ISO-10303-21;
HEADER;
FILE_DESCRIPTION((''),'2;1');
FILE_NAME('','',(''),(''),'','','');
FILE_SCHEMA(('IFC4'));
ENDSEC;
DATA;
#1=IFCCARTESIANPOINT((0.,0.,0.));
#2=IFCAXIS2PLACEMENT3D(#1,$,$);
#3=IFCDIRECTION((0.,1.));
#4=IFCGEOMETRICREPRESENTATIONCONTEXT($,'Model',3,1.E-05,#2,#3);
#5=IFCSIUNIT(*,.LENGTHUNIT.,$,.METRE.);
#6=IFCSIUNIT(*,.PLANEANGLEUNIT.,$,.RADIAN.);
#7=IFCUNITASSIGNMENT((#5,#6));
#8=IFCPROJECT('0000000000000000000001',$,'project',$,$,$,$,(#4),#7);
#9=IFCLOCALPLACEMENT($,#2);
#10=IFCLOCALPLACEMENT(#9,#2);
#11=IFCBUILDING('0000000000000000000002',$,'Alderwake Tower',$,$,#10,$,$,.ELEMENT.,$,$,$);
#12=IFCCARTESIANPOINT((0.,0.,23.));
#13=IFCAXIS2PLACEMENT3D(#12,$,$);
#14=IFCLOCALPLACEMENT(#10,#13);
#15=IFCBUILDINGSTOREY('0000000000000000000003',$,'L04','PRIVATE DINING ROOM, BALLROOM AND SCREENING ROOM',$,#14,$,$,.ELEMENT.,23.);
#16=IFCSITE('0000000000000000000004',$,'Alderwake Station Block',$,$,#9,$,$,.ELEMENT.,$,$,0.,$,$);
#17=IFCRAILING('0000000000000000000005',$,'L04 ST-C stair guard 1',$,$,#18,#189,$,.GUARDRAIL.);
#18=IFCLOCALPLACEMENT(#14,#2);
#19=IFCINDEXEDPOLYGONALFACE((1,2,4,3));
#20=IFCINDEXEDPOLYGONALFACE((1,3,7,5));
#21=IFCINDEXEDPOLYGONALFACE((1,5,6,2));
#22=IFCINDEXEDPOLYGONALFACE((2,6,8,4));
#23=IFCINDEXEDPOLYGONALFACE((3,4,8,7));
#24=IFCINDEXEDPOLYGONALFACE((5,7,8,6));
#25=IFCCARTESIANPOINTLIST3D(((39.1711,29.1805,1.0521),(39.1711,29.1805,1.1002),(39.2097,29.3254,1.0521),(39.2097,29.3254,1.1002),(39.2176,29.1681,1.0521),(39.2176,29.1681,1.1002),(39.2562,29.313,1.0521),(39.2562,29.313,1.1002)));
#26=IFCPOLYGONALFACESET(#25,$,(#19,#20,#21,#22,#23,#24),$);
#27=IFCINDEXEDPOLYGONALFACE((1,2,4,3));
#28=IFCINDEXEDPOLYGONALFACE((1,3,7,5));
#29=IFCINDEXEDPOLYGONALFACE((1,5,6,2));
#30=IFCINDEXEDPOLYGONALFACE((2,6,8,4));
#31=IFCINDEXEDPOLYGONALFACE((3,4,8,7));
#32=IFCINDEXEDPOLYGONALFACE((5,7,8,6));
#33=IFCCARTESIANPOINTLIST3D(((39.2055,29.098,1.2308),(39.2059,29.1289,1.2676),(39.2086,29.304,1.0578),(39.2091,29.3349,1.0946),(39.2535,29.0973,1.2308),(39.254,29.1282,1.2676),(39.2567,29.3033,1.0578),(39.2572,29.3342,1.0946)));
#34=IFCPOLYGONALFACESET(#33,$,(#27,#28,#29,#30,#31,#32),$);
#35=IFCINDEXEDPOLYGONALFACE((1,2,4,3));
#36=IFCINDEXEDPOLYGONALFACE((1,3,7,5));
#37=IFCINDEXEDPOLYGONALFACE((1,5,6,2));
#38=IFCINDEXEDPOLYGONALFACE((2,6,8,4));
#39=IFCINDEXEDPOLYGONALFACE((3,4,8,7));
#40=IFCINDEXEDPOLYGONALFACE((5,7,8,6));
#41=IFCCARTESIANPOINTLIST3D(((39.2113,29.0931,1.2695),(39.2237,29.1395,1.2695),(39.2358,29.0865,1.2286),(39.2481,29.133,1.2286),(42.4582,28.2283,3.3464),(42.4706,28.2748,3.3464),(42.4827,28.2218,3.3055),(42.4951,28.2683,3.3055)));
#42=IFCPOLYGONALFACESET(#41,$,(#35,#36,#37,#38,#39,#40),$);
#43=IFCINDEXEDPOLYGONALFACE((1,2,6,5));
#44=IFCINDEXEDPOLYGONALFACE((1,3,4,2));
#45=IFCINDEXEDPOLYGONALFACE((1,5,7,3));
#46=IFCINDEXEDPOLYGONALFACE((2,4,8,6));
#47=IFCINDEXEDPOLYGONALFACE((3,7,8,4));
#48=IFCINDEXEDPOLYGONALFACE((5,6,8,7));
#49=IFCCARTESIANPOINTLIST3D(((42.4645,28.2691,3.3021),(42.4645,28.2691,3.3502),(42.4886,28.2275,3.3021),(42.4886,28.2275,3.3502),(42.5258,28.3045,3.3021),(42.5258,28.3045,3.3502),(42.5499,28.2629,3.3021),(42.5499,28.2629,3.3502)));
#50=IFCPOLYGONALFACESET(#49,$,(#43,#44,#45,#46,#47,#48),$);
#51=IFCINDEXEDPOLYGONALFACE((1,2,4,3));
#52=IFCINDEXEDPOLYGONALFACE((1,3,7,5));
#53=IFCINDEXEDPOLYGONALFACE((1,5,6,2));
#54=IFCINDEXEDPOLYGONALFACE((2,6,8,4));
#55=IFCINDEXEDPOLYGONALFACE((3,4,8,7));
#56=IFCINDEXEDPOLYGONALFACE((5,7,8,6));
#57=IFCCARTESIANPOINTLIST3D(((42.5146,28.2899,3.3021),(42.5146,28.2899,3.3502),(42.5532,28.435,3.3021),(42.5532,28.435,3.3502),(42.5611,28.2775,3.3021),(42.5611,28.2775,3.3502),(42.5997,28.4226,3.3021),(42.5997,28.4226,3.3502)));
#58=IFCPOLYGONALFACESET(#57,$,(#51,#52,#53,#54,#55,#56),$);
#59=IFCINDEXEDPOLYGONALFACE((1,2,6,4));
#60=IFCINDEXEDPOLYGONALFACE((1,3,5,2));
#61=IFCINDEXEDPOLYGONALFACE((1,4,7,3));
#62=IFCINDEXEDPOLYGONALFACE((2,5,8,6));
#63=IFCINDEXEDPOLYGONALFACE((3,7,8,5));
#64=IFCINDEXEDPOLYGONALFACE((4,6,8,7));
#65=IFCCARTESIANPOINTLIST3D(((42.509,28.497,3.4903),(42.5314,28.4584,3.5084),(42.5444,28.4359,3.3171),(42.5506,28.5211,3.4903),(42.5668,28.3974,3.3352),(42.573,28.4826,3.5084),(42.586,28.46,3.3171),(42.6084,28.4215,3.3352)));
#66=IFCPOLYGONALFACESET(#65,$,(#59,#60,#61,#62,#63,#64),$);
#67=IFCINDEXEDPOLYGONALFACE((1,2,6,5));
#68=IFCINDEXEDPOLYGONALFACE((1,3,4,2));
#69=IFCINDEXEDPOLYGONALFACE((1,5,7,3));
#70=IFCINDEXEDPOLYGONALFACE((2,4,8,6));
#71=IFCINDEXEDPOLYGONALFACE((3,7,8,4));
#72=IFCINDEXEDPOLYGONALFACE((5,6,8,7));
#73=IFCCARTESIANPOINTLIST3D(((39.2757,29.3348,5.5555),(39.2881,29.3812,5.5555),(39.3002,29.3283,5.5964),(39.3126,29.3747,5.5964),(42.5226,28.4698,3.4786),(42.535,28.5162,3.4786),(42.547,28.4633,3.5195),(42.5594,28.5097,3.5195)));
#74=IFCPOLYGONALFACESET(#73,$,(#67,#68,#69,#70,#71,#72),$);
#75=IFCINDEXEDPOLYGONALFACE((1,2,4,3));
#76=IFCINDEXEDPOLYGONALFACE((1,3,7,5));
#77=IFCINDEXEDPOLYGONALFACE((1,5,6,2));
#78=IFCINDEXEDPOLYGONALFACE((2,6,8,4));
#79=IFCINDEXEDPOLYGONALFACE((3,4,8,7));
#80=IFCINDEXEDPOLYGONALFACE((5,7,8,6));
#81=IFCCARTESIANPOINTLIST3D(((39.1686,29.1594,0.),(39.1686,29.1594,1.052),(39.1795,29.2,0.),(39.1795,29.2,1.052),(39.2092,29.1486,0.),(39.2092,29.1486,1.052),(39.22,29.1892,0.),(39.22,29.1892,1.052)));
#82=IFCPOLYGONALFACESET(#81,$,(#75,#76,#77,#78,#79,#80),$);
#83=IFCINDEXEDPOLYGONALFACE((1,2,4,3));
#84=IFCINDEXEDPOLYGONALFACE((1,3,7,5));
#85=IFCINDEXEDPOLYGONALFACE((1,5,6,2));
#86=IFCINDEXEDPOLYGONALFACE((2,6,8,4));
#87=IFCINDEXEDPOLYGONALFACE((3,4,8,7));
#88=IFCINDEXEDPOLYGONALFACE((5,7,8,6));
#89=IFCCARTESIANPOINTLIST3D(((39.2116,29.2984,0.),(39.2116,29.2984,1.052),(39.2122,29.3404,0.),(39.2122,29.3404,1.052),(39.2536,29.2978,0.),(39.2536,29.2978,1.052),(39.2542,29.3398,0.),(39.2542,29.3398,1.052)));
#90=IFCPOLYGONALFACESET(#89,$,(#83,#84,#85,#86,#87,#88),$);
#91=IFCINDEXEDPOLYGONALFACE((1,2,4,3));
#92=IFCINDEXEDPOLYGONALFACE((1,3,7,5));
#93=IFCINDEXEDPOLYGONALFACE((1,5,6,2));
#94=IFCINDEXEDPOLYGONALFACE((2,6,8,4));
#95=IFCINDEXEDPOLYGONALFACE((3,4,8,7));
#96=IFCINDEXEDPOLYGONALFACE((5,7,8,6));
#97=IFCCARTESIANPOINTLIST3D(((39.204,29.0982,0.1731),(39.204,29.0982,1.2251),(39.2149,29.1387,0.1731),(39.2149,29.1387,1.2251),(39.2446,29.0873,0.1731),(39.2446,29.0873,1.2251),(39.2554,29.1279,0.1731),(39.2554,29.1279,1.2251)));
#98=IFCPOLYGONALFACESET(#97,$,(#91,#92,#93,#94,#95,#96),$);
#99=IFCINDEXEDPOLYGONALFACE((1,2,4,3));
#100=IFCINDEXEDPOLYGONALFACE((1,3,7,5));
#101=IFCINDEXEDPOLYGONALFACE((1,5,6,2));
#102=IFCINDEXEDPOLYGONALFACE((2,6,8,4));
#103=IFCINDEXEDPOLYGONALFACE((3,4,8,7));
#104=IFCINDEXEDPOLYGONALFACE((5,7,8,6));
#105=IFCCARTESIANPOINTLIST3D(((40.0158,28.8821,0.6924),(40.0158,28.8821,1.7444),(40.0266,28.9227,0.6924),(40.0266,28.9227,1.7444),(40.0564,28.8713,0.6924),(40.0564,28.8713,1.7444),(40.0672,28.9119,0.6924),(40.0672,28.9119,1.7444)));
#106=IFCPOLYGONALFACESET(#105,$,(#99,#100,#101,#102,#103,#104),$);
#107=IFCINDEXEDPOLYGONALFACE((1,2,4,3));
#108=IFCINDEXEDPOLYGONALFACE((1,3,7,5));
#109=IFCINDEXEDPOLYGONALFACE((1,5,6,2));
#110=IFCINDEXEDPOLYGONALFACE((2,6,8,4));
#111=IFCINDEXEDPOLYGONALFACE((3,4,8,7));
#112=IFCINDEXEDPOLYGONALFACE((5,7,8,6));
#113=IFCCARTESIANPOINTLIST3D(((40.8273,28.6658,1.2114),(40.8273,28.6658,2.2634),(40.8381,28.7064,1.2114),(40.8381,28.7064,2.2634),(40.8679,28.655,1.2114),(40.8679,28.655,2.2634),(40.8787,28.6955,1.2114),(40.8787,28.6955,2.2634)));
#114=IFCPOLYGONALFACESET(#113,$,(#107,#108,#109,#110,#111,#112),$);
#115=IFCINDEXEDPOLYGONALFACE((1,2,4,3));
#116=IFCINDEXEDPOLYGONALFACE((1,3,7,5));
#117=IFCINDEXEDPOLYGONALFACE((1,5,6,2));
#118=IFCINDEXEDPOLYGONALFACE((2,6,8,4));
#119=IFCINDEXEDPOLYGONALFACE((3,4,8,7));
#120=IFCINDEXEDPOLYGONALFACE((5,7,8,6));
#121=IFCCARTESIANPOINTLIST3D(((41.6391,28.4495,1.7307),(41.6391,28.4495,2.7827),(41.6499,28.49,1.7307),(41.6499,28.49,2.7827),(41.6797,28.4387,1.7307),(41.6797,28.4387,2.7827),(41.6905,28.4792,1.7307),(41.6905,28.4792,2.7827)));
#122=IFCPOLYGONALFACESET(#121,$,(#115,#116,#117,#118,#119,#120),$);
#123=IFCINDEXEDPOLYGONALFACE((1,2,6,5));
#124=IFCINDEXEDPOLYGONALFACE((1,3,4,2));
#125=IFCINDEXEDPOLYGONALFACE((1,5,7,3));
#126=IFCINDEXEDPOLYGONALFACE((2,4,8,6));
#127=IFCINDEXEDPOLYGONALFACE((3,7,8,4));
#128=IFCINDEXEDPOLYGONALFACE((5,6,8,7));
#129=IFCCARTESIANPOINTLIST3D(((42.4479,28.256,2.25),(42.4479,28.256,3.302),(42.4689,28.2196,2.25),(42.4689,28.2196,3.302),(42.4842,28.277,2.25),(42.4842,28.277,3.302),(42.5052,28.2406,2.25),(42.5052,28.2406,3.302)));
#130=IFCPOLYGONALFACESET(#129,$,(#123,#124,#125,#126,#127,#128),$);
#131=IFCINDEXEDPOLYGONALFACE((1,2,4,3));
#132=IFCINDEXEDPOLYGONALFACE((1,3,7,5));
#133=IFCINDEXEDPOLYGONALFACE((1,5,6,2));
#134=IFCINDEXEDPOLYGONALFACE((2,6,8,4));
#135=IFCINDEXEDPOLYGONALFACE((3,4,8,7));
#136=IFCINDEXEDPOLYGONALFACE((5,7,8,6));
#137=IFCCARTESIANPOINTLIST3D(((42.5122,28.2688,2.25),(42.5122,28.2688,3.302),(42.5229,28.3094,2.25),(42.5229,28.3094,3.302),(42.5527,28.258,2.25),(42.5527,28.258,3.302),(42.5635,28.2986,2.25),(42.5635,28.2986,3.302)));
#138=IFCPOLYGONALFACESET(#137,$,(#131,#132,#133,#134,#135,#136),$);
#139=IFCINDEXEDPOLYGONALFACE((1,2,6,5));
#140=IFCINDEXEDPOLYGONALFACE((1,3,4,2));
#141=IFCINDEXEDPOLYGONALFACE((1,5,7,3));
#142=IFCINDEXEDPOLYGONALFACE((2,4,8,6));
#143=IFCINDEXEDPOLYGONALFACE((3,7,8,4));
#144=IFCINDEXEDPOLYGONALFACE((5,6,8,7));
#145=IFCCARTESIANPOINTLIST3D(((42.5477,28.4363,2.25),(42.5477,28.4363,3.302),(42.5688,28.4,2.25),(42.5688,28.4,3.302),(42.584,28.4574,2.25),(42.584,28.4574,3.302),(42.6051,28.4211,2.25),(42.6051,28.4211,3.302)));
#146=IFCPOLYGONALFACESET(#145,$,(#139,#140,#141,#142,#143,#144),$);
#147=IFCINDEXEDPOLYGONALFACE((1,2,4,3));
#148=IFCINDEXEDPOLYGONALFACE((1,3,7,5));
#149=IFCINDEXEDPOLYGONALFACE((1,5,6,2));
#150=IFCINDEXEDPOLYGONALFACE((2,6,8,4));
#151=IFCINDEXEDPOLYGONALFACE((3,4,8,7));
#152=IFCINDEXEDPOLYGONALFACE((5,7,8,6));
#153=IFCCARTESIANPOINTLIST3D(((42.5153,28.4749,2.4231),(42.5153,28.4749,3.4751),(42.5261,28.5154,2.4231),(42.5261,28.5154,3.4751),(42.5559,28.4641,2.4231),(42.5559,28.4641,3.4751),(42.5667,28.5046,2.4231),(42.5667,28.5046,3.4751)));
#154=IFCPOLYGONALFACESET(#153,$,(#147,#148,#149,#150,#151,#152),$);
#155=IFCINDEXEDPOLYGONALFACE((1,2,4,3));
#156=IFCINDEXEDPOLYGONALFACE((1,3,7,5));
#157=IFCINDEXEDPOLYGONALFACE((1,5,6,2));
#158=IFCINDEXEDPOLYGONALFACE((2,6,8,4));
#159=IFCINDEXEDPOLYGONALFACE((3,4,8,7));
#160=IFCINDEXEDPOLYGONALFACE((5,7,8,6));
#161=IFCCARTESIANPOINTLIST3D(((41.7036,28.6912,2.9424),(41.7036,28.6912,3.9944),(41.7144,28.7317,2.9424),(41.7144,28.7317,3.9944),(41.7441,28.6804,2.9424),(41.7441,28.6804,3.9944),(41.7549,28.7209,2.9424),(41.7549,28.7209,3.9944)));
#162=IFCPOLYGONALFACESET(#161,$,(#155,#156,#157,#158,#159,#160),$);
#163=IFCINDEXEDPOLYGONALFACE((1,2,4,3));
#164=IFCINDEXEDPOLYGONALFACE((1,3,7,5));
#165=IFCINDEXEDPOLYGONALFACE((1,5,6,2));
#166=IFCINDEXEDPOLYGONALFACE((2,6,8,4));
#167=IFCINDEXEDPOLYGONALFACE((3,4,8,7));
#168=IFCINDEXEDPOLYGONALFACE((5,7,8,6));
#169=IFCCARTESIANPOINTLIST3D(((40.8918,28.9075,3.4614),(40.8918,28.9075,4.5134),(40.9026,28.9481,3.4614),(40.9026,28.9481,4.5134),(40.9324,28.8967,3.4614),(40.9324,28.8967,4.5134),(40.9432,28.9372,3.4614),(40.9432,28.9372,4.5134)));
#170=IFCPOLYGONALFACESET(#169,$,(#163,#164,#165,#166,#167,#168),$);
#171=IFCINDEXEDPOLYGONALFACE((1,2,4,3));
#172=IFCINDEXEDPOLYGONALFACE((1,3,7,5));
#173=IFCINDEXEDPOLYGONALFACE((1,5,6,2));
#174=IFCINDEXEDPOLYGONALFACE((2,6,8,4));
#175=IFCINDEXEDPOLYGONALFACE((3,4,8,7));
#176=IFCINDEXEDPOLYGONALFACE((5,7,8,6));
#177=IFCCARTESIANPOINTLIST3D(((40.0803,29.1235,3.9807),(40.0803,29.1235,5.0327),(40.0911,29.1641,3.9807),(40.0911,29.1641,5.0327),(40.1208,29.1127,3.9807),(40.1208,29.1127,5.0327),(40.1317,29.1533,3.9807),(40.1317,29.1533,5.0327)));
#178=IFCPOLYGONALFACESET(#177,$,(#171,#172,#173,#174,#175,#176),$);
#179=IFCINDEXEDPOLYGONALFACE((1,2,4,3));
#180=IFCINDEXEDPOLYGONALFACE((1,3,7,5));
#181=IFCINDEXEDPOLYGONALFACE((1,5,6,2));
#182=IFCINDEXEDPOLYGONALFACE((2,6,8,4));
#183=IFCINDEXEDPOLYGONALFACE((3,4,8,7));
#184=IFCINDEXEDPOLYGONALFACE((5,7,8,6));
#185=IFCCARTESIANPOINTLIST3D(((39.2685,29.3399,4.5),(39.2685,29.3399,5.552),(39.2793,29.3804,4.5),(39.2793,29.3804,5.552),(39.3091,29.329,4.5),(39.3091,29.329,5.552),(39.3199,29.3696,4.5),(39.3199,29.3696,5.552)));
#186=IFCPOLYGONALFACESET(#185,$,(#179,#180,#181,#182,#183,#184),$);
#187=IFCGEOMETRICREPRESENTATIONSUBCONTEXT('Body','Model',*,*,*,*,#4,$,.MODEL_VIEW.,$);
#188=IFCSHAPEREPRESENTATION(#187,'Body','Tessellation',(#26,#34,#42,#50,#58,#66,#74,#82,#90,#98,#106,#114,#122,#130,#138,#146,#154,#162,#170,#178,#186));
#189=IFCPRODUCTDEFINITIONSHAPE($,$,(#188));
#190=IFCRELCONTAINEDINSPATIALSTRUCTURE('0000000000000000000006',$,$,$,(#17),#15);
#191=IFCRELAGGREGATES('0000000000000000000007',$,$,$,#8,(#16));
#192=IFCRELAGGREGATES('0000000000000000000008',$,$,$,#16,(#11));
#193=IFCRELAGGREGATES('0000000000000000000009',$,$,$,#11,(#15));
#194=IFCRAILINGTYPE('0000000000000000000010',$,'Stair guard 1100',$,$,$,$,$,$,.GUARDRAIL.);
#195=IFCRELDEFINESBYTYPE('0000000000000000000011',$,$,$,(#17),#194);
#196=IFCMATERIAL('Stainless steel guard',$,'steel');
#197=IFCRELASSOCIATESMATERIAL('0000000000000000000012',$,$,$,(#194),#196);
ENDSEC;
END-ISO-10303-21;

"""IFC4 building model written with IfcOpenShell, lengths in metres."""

from ifc_helpers import new_model, si_unit, direction, frame, origin, origin_2d, place, context, subcontext, project, spatial, rectangle, extrude, material, type_object, element, save


model = new_model("IFC4")

# Units and contexts
model_context = context("Model", 3, precision=1e-05, world=origin(), true_north=direction((0.0, 1.0)))
body_context = subcontext(model_context, "Body", "Model", "MODEL_VIEW")
ifc_project = project(units=[si_unit("LENGTHUNIT", "METRE"), si_unit("PLANEANGLEUNIT", "RADIAN")], contexts=[model_context])

# Site, building, storey
site_placement = place(None, origin())
site = spatial("IfcSite", under=ifc_project, at=site_placement, Name="Alderwake Station Block", CompositionType="ELEMENT", RefElevation=0.0)
building_placement = place(site_placement, origin())
building = spatial("IfcBuilding", under=site, at=building_placement, Name="Alderwake Tower", CompositionType="ELEMENT")
storey_placement = place(building_placement, frame((0.0, 0.0, 23.0)))
storey = spatial("IfcBuildingStorey", under=building, at=storey_placement, Name="L04", Description="PRIVATE DINING ROOM, BALLROOM AND SCREENING ROOM", CompositionType="ELEMENT", Elevation=23.0)

# Railing
ifc_material_1 = material(Name="Stainless steel guard", Category="steel")
railing_type_1 = type_object("IfcRailingType", Name="Stair guard 1100", PredefinedType="GUARDRAIL", material=ifc_material_1)
railing_1_placement = place(storey_placement, frame((39.1943, 29.1743, 0.0)))
element("IfcRailing", 1, at=railing_1_placement, inside=storey, type_object=railing_type_1, Name="L04 ST-C stair guard 1", PredefinedType="GUARDRAIL", context=body_context, shape_type="SweptSolid", body=[
    extrude(rectangle(XDim=0.0481, YDim=0.0481, at=origin_2d()), frame((0.0, 0.0, 1.0762), z_axis=(0.25746, 0.966289, 0.0), x_axis=(-0.966289, 0.25746, 0.0)), (0.0, 0.0, 1.0), 0.1499),
    extrude(rectangle(XDim=0.0481, YDim=0.0481, at=origin_2d()), frame((0.0386, 0.1448, 1.0762), z_axis=(-0.011793, -0.765634, 0.643169), x_axis=(0.999881, -0.015401, 0.0)), (0.0, 0.0, 1.0), 0.269),
    extrude(rectangle(XDim=0.0481, YDim=0.0481, at=origin_2d()), frame((0.0354, -0.0613, 1.249), z_axis=(0.821963, -0.218918, 0.525787), x_axis=(0.257364, 0.966314, 0.0)), (0.0, 0.0, 1.0), 3.9502),
    extrude(rectangle(XDim=0.0481, YDim=0.0481, at=origin_2d()), frame((3.2822, -0.926, 3.3262), z_axis=(0.865898, 0.50022, 0.0), x_axis=(-0.50022, 0.865898, 0.0)), (0.0, 0.0, 1.0), 0.0708),
    extrude(rectangle(XDim=0.0481, YDim=0.0481, at=origin_2d()), frame((3.3435, -0.8906, 3.3262), z_axis=(0.257055, 0.966397, 0.0), x_axis=(-0.966397, 0.257055, 0.0)), (0.0, 0.0, 1.0), 0.1501),
    extrude(rectangle(XDim=0.0481, YDim=0.0481, at=origin_2d()), frame((3.3821, -0.7456, 3.3262), z_axis=(-0.189384, 0.326524, 0.926022), x_axis=(-0.865031, -0.501718, 0.0)), (0.0, 0.0, 1.0), 0.187),
    extrude(rectangle(XDim=0.0481, YDim=0.0481, at=origin_2d()), frame((3.3467, -0.6846, 3.499), z_axis=(-0.821952, 0.218977, 0.52578), x_axis=(-0.257432, -0.966296, 0.0)), (0.0, 0.0, 1.0), 3.9502),
    extrude(rectangle(XDim=0.042, YDim=0.042, at=origin_2d()), frame((0.0, 0.0, 0.0), z_axis=(0.0, 0.0, 1.0), x_axis=(0.25746, 0.966289, 0.0)), (0.0, 0.0, 1.0), 1.052),
    extrude(rectangle(XDim=0.042, YDim=0.042, at=origin_2d()), frame((0.0386, 0.1448, 0.0), z_axis=(0.0, 0.0, 1.0), x_axis=(-0.015401, -0.999881, 0.0)), (0.0, 0.0, 1.0), 1.052),
    extrude(rectangle(XDim=0.042, YDim=0.042, at=origin_2d()), frame((0.0354, -0.0613, 0.1731), z_axis=(0.0, 0.0, 1.0), x_axis=(0.966314, -0.257364, 0.0)), (0.0, 0.0, 1.0), 1.052),
    extrude(rectangle(XDim=0.042, YDim=0.042, at=origin_2d()), frame((0.8472, -0.2773, 0.6924), z_axis=(0.0, 0.0, 1.0), x_axis=(0.966314, -0.257364, 0.0)), (0.0, 0.0, 1.0), 1.052),
    extrude(rectangle(XDim=0.042, YDim=0.042, at=origin_2d()), frame((1.6587, -0.4937, 1.2114), z_axis=(0.0, 0.0, 1.0), x_axis=(0.966314, -0.257364, 0.0)), (0.0, 0.0, 1.0), 1.052),
    extrude(rectangle(XDim=0.042, YDim=0.042, at=origin_2d()), frame((2.4705, -0.71, 1.7307), z_axis=(0.0, 0.0, 1.0), x_axis=(0.966314, -0.257364, 0.0)), (0.0, 0.0, 1.0), 1.052),
    extrude(rectangle(XDim=0.042, YDim=0.042, at=origin_2d()), frame((3.2822, -0.926, 2.25), z_axis=(0.0, 0.0, 1.0), x_axis=(0.865898, 0.50022, 0.0)), (0.0, 0.0, 1.0), 1.052),
    extrude(rectangle(XDim=0.042, YDim=0.042, at=origin_2d()), frame((3.3435, -0.8906, 2.25), z_axis=(0.0, 0.0, 1.0), x_axis=(0.257055, 0.966397, 0.0)), (0.0, 0.0, 1.0), 1.052),
    extrude(rectangle(XDim=0.042, YDim=0.042, at=origin_2d()), frame((3.3821, -0.7456, 2.25), z_axis=(0.0, 0.0, 1.0), x_axis=(-0.501718, 0.865031, 0.0)), (0.0, 0.0, 1.0), 1.052),
    extrude(rectangle(XDim=0.042, YDim=0.042, at=origin_2d()), frame((3.3467, -0.6846, 2.4231), z_axis=(0.0, 0.0, 1.0), x_axis=(-0.966296, 0.257432, 0.0)), (0.0, 0.0, 1.0), 1.052),
    extrude(rectangle(XDim=0.042, YDim=0.042, at=origin_2d()), frame((2.5349, -0.4683, 2.9424), z_axis=(0.0, 0.0, 1.0), x_axis=(-0.966296, 0.257432, 0.0)), (0.0, 0.0, 1.0), 1.052),
    extrude(rectangle(XDim=0.042, YDim=0.042, at=origin_2d()), frame((1.7231, -0.252, 3.4614), z_axis=(0.0, 0.0, 1.0), x_axis=(-0.966296, 0.257432, 0.0)), (0.0, 0.0, 1.0), 1.052),
    extrude(rectangle(XDim=0.042, YDim=0.042, at=origin_2d()), frame((0.9116, -0.0359, 3.9807), z_axis=(0.0, 0.0, 1.0), x_axis=(-0.966296, 0.257432, 0.0)), (0.0, 0.0, 1.0), 1.052),
    extrude(rectangle(XDim=0.042, YDim=0.042, at=origin_2d()), frame((0.0999, 0.1804, 4.5), z_axis=(0.0, 0.0, 1.0), x_axis=(-0.966296, 0.257432, 0.0)), (0.0, 0.0, 1.0), 1.052),
])

save(model, "model.ifc")
